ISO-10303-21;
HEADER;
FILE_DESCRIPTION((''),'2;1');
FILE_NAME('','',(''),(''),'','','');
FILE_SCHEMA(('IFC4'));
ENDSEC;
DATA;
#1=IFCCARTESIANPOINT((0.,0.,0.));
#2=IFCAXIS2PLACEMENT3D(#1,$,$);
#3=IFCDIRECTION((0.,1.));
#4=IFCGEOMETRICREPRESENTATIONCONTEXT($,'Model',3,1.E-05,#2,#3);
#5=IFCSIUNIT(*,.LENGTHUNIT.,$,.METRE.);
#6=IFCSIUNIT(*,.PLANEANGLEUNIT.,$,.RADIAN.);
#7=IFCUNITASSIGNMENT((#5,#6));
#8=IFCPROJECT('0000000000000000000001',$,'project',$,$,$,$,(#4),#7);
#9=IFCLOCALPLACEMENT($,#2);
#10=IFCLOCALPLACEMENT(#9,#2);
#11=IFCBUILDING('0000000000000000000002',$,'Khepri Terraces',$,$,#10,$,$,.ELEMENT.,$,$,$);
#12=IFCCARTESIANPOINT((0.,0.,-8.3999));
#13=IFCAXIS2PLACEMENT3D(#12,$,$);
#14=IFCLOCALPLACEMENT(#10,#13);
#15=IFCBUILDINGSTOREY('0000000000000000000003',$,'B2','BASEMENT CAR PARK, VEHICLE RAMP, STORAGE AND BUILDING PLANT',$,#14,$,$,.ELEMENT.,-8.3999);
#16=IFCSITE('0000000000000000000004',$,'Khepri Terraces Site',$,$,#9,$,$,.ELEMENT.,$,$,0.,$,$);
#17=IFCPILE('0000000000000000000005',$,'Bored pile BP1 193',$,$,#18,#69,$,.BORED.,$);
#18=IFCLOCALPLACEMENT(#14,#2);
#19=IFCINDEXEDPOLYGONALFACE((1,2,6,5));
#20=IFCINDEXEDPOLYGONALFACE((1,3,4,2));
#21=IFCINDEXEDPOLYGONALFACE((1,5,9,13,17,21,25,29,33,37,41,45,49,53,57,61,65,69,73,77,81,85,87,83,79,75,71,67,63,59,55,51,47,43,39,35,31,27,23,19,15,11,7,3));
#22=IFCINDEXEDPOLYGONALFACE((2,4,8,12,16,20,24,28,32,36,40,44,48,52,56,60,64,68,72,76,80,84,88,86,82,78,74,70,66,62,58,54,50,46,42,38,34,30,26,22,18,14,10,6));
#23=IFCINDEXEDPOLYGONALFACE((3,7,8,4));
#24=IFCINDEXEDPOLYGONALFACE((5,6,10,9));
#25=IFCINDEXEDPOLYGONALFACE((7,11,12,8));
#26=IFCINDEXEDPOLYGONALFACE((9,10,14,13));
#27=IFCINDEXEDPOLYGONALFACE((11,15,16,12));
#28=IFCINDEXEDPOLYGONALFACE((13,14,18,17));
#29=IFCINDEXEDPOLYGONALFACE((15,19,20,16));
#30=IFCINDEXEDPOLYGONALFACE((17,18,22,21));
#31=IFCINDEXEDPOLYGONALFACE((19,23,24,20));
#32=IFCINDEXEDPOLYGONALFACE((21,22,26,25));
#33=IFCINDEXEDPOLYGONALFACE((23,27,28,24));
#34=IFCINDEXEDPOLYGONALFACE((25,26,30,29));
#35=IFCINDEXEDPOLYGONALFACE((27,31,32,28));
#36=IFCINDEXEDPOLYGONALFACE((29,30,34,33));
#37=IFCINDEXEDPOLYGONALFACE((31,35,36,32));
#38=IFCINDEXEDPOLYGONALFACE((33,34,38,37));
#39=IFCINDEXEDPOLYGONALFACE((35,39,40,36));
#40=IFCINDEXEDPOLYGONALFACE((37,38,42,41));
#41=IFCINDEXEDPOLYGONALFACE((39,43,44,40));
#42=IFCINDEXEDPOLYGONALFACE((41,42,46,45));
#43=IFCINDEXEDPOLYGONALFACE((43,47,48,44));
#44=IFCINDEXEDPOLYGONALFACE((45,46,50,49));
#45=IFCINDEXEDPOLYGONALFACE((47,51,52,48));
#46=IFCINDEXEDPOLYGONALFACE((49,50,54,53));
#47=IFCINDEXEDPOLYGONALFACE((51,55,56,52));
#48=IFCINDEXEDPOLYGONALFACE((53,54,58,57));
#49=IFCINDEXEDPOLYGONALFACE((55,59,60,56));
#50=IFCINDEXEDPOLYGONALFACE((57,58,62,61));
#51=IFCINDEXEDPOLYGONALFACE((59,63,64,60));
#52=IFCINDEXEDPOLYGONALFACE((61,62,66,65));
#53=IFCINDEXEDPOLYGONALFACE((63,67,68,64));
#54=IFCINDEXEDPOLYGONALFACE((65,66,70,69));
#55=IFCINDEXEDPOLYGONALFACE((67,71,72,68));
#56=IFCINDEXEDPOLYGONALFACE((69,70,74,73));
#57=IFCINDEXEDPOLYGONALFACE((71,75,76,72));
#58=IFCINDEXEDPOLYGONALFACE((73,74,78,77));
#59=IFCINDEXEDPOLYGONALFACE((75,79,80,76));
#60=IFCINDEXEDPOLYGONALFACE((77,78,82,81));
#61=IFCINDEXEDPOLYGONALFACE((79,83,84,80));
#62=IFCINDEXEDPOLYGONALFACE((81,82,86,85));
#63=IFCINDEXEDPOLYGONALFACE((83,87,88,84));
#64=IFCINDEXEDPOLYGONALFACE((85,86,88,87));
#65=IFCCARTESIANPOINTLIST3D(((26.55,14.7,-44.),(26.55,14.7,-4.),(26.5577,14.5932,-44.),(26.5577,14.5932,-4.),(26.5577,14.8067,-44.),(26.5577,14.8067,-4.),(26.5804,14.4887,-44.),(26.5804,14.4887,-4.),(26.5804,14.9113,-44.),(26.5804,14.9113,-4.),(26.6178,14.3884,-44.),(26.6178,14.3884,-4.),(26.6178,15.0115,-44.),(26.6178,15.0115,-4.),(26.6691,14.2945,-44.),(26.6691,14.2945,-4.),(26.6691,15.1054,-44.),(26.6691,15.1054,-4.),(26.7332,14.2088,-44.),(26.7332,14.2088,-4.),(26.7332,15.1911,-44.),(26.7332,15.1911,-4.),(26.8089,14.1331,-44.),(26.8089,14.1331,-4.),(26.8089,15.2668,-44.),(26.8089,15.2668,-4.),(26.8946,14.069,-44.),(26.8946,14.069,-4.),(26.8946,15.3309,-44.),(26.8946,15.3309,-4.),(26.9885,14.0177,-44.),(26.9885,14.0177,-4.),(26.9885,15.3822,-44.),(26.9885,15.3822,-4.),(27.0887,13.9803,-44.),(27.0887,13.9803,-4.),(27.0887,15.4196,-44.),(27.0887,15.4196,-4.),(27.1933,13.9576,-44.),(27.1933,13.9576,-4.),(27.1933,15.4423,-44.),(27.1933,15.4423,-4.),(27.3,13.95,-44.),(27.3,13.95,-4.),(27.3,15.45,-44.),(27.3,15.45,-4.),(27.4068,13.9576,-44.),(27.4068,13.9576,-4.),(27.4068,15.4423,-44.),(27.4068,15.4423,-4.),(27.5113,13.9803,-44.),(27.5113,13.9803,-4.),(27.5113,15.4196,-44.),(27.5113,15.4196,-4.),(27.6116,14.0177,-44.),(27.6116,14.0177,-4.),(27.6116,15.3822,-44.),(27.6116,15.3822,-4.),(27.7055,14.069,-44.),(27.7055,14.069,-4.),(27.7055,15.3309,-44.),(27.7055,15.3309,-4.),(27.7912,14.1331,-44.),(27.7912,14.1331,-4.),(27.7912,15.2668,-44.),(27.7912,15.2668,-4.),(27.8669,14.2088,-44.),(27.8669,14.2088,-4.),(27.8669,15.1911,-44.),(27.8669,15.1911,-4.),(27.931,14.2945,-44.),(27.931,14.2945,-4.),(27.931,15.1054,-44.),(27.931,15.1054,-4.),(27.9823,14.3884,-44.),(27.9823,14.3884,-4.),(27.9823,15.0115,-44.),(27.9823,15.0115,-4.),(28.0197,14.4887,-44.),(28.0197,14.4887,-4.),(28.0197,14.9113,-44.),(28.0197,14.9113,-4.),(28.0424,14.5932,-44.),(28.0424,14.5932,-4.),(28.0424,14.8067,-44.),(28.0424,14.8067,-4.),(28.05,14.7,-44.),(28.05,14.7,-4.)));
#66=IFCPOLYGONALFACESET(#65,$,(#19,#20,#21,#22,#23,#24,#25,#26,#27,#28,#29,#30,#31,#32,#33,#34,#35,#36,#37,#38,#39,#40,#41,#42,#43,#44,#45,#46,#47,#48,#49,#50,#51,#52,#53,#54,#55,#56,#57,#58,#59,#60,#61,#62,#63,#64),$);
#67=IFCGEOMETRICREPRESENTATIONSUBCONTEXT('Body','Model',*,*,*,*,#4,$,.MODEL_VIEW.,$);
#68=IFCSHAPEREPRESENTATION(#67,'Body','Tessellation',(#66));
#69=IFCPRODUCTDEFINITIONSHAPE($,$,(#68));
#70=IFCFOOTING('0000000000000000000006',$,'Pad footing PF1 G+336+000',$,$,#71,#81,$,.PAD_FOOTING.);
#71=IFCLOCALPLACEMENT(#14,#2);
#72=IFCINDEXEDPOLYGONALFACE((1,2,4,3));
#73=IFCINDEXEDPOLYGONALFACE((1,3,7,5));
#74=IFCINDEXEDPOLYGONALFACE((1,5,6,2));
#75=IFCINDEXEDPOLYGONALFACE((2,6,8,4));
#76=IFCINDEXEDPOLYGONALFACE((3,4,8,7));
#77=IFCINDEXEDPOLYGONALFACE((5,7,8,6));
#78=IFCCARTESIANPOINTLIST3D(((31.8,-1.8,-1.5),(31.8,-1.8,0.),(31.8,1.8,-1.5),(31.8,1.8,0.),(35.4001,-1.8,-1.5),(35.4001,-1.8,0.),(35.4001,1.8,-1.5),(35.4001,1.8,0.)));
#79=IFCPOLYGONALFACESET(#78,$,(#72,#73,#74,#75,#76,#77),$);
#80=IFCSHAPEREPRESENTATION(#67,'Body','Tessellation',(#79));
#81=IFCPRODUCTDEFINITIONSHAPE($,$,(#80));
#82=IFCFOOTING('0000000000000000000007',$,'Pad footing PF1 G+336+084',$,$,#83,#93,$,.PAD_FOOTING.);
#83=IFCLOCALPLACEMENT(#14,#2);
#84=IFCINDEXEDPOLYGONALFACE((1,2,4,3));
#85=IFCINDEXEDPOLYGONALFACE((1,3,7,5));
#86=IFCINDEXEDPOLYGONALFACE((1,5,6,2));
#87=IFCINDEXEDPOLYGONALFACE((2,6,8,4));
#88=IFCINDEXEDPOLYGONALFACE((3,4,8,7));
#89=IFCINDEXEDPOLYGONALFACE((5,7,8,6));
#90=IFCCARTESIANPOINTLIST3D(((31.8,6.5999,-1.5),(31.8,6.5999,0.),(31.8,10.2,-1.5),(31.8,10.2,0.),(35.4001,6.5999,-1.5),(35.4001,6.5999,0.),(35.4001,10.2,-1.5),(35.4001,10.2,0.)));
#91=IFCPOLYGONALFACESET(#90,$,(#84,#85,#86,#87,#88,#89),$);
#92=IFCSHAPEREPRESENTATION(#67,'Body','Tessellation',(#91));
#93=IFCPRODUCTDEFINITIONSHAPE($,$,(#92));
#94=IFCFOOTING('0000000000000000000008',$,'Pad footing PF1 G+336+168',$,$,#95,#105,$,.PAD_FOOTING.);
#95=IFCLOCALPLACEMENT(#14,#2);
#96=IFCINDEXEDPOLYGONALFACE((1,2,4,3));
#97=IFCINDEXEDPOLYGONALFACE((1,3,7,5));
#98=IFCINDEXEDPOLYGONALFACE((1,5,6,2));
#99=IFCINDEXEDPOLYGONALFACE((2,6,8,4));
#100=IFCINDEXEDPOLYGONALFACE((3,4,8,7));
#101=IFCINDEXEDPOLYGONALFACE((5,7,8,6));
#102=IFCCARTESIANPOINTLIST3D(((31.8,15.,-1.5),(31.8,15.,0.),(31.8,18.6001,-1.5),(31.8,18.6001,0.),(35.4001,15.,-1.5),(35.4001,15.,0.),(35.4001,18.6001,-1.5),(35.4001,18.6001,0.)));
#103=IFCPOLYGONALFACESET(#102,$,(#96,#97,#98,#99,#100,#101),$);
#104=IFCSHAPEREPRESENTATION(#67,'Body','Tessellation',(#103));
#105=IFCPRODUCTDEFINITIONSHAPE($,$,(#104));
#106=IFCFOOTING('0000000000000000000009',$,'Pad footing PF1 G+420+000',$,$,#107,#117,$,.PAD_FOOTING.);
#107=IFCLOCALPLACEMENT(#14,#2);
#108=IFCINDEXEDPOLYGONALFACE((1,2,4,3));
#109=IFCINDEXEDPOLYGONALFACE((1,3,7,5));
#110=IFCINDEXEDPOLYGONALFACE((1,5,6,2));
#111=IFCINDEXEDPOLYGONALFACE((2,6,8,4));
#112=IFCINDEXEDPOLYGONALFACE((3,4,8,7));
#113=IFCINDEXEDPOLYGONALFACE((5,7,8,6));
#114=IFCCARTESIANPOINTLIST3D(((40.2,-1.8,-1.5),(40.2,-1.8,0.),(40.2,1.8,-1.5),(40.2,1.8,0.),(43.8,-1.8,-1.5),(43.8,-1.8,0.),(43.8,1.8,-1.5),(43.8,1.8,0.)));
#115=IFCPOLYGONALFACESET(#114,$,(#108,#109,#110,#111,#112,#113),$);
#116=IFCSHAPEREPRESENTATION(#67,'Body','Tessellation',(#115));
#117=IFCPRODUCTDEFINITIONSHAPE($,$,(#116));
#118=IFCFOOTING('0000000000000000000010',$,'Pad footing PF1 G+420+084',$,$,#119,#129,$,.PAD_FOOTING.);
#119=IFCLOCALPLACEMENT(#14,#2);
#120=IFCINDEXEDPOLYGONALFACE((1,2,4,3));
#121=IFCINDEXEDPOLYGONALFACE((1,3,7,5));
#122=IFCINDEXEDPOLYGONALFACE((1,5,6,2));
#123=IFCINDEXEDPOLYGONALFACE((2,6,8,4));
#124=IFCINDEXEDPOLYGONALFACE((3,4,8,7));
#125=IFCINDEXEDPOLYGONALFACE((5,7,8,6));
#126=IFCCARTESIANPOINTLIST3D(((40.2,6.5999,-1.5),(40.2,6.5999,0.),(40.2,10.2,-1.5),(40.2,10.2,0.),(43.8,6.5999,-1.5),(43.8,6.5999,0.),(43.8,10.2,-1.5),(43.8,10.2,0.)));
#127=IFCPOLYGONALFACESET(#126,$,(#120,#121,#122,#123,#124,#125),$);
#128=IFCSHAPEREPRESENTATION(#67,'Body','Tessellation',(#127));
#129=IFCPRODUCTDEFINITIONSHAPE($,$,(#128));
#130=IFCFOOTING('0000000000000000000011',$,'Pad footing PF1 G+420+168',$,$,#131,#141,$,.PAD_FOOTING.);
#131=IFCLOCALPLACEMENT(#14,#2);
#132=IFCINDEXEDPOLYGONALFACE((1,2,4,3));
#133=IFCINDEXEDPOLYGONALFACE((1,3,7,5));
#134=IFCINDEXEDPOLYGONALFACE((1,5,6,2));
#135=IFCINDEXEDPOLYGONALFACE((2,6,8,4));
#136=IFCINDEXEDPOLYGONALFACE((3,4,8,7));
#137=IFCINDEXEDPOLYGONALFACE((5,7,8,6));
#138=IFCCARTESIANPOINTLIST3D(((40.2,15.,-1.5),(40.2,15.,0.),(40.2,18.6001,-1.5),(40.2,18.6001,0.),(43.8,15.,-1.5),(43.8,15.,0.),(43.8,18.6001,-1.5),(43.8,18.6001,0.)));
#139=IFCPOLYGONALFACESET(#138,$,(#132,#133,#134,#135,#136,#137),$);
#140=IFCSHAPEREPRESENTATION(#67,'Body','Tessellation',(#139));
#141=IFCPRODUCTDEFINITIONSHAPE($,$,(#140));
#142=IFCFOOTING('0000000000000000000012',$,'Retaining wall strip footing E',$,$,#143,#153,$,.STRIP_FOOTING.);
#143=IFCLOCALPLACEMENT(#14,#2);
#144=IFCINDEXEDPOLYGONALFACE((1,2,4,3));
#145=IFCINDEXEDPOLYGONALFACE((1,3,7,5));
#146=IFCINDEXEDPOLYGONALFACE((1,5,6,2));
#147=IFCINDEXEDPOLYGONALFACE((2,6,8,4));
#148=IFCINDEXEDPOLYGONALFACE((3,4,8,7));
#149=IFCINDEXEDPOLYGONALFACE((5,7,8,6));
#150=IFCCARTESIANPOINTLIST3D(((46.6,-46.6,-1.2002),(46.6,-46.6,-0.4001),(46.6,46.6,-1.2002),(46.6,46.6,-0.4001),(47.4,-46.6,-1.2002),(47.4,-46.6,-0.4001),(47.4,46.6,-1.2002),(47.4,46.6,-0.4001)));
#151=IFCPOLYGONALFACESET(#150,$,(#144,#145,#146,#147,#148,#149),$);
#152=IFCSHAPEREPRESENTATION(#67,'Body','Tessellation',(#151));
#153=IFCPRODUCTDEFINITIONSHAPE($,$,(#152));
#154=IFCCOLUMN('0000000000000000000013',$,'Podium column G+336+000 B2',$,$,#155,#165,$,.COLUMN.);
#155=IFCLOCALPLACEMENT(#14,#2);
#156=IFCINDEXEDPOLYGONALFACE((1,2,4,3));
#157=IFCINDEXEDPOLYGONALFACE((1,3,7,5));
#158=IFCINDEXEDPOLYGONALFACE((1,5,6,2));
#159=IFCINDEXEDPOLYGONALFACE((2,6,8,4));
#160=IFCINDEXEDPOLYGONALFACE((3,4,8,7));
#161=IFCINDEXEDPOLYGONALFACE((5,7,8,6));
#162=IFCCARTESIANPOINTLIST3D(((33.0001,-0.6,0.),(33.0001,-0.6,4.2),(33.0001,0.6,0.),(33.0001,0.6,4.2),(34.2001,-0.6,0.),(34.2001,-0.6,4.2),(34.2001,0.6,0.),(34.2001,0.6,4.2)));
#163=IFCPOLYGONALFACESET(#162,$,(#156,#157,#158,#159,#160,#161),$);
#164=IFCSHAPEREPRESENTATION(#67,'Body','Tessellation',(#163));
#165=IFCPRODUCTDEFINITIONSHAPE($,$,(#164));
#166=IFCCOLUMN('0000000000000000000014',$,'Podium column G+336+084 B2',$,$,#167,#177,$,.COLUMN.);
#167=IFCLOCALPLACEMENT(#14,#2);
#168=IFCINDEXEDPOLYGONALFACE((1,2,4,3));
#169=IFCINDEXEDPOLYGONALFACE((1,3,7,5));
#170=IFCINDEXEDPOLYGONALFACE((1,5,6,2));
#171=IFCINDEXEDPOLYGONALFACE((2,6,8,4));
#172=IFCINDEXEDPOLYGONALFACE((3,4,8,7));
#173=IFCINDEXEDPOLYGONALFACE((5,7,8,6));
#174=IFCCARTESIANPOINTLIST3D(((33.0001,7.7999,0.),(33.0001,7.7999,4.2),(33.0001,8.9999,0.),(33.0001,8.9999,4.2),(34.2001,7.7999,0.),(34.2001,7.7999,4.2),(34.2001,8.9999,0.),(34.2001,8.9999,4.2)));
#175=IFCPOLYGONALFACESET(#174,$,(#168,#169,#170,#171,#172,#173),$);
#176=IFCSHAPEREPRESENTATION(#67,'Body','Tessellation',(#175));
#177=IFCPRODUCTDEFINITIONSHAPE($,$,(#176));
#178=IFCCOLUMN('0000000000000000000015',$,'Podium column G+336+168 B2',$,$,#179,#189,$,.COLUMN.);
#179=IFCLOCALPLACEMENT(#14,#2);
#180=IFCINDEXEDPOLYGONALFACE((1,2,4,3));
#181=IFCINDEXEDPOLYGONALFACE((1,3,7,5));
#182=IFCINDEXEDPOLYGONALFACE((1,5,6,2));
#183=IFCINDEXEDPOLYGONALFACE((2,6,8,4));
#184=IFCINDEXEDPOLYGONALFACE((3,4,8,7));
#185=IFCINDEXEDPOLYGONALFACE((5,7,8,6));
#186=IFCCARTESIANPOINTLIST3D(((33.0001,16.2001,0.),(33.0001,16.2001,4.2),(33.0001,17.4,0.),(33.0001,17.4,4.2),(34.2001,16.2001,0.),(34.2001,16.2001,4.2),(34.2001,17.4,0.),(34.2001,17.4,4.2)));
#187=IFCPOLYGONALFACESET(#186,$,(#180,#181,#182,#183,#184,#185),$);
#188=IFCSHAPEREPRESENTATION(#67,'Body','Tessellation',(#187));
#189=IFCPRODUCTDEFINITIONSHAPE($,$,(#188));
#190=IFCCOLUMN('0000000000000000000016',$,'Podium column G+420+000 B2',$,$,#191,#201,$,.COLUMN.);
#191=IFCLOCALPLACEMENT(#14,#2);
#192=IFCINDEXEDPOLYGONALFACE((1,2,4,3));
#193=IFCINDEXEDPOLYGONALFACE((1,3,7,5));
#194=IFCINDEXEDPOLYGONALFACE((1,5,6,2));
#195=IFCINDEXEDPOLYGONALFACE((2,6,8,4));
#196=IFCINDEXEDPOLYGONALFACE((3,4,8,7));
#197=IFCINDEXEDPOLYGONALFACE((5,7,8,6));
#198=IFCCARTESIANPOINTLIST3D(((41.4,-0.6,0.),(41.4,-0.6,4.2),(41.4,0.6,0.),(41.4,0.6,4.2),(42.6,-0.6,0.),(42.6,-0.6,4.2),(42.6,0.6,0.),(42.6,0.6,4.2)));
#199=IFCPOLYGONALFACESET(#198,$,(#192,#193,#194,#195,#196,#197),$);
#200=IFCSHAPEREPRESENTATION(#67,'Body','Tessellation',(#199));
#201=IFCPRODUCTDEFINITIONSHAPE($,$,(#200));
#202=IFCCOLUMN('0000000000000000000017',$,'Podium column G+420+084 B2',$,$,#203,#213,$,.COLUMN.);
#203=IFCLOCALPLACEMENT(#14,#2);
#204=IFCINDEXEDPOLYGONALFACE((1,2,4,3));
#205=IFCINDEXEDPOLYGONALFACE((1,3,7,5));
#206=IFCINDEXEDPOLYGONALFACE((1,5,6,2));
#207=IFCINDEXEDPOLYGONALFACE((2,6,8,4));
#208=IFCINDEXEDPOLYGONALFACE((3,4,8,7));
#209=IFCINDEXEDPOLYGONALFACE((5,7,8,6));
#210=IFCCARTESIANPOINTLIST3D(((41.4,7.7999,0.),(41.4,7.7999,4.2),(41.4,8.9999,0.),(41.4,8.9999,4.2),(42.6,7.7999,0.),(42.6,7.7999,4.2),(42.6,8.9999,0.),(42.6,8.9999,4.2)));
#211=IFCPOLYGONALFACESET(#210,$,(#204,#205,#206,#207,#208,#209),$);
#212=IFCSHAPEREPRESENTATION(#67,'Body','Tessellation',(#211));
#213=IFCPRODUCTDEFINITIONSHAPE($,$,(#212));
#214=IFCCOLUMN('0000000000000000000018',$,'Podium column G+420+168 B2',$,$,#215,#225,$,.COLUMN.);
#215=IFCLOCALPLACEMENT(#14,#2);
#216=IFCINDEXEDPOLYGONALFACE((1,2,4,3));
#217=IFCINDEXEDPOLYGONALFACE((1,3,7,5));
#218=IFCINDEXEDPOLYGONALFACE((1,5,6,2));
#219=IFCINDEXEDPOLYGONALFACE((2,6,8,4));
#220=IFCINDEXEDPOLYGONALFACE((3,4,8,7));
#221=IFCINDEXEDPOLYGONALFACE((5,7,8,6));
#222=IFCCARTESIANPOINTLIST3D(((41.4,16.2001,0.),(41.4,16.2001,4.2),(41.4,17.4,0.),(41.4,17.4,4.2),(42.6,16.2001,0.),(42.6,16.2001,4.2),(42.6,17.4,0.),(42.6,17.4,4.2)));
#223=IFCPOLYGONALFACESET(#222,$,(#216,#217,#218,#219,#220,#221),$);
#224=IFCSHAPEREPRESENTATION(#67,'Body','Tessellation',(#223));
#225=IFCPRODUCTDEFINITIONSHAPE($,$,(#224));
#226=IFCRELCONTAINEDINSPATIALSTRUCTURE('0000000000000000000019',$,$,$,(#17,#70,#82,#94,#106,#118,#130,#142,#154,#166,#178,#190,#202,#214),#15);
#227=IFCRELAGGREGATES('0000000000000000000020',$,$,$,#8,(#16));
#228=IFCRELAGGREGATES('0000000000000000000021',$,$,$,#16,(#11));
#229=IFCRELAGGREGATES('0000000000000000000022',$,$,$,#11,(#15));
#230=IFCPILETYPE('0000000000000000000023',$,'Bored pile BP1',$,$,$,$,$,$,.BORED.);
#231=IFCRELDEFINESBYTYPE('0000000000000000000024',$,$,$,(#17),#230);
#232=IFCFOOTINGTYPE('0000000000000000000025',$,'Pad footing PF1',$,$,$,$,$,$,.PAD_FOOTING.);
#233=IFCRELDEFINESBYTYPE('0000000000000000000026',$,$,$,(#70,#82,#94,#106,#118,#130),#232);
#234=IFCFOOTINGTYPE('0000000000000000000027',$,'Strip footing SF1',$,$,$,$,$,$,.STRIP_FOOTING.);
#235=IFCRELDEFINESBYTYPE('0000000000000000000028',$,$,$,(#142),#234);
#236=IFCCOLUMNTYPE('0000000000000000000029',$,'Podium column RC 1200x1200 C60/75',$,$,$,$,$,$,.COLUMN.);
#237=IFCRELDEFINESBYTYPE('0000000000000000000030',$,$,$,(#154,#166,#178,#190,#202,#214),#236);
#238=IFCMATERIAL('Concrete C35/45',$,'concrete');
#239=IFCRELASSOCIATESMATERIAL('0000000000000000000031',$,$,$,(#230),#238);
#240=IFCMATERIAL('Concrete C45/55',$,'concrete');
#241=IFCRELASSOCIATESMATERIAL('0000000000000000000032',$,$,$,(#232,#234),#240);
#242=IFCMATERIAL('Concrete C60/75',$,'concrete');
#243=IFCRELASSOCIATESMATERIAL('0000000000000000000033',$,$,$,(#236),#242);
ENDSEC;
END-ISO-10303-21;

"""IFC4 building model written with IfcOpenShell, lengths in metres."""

from ifc_helpers import new_model, si_unit, direction, frame, origin, origin_2d, place, context, subcontext, project, spatial, rectangle, circle, extrude, material, material_profile, profile_set, type_object, element, save


model = new_model("IFC4")

# Units and contexts
model_context = context("Model", 3, precision=1e-05, world=origin(), true_north=direction((0.0, 1.0)))
body_context = subcontext(model_context, "Body", "Model", "MODEL_VIEW")
ifc_project = project(units=[si_unit("LENGTHUNIT", "METRE"), si_unit("PLANEANGLEUNIT", "RADIAN")], contexts=[model_context])

# Site, building, storey
site_placement = place(None, origin())
site = spatial("IfcSite", under=ifc_project, at=site_placement, Name="Khepri Terraces Site", CompositionType="ELEMENT", RefElevation=0.0)
building_placement = place(site_placement, origin())
building = spatial("IfcBuilding", under=site, at=building_placement, Name="Khepri Terraces", CompositionType="ELEMENT")
storey_placement = place(building_placement, frame((0.0, 0.0, -8.3999)))
storey = spatial("IfcBuildingStorey", under=building, at=storey_placement, Name="B2", Description="BASEMENT CAR PARK, VEHICLE RAMP, STORAGE AND BUILDING PLANT", CompositionType="ELEMENT", Elevation=-8.3999)

# Pile
ifc_material_1 = material(Name="Concrete C35/45", Category="concrete")
ifc_material_profile_1 = material_profile(ifc_material_1, circle(Radius=0.75, at=origin_2d()), Name="Concrete C35/45", Category="concrete")
ifc_profile_set_1 = profile_set([ifc_material_profile_1], Name="Concrete C35/45")
pile_type = type_object("IfcPileType", Name="Bored pile BP1", PredefinedType="BORED", material=ifc_profile_set_1)
for number, where, z_axis, x_axis, name in (
    (1, (27.3, 14.7, -4.0), (0.0, 0.0, -1.0), (1.0, 0.0, 0.0), "Bored pile BP1 193"),
):
    element("IfcPile", number, at=place(storey_placement, frame(where, z_axis=z_axis, x_axis=x_axis)), inside=storey, type_object=pile_type, Name=name, PredefinedType="BORED", context=body_context, shape_type="SweptSolid", body=[
        extrude(circle(Radius=0.75, at=origin_2d()), origin(), (0.0, 0.0, 1.0), 40.0),
    ])

# Footings
ifc_material_2 = material(Name="Concrete C45/55", Category="concrete")
footing_type_1 = type_object("IfcFootingType", Name="Pad footing PF1", PredefinedType="PAD_FOOTING", material=ifc_material_2)
for number, where, z_axis, x_axis, name in (
    (2, (33.6001, 0.0, -1.5), (0.0, 0.0, 1.0), (1.0, 0.0, 0.0), "Pad footing PF1 G+336+000"),
    (3, (33.6001, 8.3999, -1.5), (0.0, 0.0, 1.0), (1.0, 0.0, 0.0), "Pad footing PF1 G+336+084"),
    (4, (33.6001, 16.8, -1.5), (0.0, 0.0, 1.0), (1.0, 0.0, 0.0), "Pad footing PF1 G+336+168"),
    (5, (42.0, 0.0, -1.5), (0.0, 0.0, 1.0), (1.0, 0.0, 0.0), "Pad footing PF1 G+420+000"),
    (6, (42.0, 8.3999, -1.5), (0.0, 0.0, 1.0), (1.0, 0.0, 0.0), "Pad footing PF1 G+420+084"),
    (7, (42.0, 16.8, -1.5), (0.0, 0.0, 1.0), (1.0, 0.0, 0.0), "Pad footing PF1 G+420+168"),
):
    element("IfcFooting", number, at=place(storey_placement, frame(where, z_axis=z_axis, x_axis=x_axis)), inside=storey, type_object=footing_type_1, Name=name, PredefinedType="PAD_FOOTING", context=body_context, shape_type="SweptSolid", body=[
        extrude(rectangle(XDim=3.6001, YDim=3.6001, at=origin_2d()), origin(), (0.0, 0.0, 1.0), 1.5),
    ])
footing_type_2 = type_object("IfcFootingType", Name="Strip footing SF1", PredefinedType="STRIP_FOOTING", material=ifc_material_2)
footing_placement = place(storey_placement, frame((47.0, 0.0, -1.2002), z_axis=(0.0, 0.0, 1.0), x_axis=(1.0, 0.0, 0.0)))
element("IfcFooting", 8, at=footing_placement, inside=storey, type_object=footing_type_2, Name="Retaining wall strip footing E", PredefinedType="STRIP_FOOTING", context=body_context, shape_type="SweptSolid", body=[
    extrude(rectangle(XDim=0.8, YDim=93.2, at=origin_2d()), origin(), (0.0, 0.0, 1.0), 0.8),
])

# Columns
ifc_material_3 = material(Name="Concrete C60/75", Category="concrete")
ifc_material_profile_2 = material_profile(ifc_material_3, rectangle(XDim=1.2, YDim=1.2, at=origin_2d()), Name="Concrete C60/75", Category="concrete")
ifc_profile_set_2 = profile_set([ifc_material_profile_2], Name="Concrete C60/75")
column_type = type_object("IfcColumnType", Name="Podium column RC 1200x1200 C60/75", PredefinedType="COLUMN", material=ifc_profile_set_2)
for number, where, z_axis, x_axis, name in (
    (9, (33.6001, 0.0, 0.0), (0.0, 0.0, 1.0), (1.0, 0.0, 0.0), "Podium column G+336+000 B2"),
    (10, (33.6001, 8.3999, 0.0), (0.0, 0.0, 1.0), (1.0, 0.0, 0.0), "Podium column G+336+084 B2"),
    (11, (33.6001, 16.8, 0.0), (0.0, 0.0, 1.0), (1.0, 0.0, 0.0), "Podium column G+336+168 B2"),
    (12, (42.0, 0.0, 0.0), (0.0, 0.0, 1.0), (1.0, 0.0, 0.0), "Podium column G+420+000 B2"),
    (13, (42.0, 8.3999, 0.0), (0.0, 0.0, 1.0), (1.0, 0.0, 0.0), "Podium column G+420+084 B2"),
    (14, (42.0, 16.8, 0.0), (0.0, 0.0, 1.0), (1.0, 0.0, 0.0), "Podium column G+420+168 B2"),
):
    element("IfcColumn", number, at=place(storey_placement, frame(where, z_axis=z_axis, x_axis=x_axis)), inside=storey, type_object=column_type, Name=name, PredefinedType="COLUMN", context=body_context, shape_type="SweptSolid", body=[
        extrude(rectangle(XDim=1.2, YDim=1.2, at=origin_2d()), origin(), (0.0, 0.0, 1.0), 4.2),
    ])

save(model, "model.ifc")
